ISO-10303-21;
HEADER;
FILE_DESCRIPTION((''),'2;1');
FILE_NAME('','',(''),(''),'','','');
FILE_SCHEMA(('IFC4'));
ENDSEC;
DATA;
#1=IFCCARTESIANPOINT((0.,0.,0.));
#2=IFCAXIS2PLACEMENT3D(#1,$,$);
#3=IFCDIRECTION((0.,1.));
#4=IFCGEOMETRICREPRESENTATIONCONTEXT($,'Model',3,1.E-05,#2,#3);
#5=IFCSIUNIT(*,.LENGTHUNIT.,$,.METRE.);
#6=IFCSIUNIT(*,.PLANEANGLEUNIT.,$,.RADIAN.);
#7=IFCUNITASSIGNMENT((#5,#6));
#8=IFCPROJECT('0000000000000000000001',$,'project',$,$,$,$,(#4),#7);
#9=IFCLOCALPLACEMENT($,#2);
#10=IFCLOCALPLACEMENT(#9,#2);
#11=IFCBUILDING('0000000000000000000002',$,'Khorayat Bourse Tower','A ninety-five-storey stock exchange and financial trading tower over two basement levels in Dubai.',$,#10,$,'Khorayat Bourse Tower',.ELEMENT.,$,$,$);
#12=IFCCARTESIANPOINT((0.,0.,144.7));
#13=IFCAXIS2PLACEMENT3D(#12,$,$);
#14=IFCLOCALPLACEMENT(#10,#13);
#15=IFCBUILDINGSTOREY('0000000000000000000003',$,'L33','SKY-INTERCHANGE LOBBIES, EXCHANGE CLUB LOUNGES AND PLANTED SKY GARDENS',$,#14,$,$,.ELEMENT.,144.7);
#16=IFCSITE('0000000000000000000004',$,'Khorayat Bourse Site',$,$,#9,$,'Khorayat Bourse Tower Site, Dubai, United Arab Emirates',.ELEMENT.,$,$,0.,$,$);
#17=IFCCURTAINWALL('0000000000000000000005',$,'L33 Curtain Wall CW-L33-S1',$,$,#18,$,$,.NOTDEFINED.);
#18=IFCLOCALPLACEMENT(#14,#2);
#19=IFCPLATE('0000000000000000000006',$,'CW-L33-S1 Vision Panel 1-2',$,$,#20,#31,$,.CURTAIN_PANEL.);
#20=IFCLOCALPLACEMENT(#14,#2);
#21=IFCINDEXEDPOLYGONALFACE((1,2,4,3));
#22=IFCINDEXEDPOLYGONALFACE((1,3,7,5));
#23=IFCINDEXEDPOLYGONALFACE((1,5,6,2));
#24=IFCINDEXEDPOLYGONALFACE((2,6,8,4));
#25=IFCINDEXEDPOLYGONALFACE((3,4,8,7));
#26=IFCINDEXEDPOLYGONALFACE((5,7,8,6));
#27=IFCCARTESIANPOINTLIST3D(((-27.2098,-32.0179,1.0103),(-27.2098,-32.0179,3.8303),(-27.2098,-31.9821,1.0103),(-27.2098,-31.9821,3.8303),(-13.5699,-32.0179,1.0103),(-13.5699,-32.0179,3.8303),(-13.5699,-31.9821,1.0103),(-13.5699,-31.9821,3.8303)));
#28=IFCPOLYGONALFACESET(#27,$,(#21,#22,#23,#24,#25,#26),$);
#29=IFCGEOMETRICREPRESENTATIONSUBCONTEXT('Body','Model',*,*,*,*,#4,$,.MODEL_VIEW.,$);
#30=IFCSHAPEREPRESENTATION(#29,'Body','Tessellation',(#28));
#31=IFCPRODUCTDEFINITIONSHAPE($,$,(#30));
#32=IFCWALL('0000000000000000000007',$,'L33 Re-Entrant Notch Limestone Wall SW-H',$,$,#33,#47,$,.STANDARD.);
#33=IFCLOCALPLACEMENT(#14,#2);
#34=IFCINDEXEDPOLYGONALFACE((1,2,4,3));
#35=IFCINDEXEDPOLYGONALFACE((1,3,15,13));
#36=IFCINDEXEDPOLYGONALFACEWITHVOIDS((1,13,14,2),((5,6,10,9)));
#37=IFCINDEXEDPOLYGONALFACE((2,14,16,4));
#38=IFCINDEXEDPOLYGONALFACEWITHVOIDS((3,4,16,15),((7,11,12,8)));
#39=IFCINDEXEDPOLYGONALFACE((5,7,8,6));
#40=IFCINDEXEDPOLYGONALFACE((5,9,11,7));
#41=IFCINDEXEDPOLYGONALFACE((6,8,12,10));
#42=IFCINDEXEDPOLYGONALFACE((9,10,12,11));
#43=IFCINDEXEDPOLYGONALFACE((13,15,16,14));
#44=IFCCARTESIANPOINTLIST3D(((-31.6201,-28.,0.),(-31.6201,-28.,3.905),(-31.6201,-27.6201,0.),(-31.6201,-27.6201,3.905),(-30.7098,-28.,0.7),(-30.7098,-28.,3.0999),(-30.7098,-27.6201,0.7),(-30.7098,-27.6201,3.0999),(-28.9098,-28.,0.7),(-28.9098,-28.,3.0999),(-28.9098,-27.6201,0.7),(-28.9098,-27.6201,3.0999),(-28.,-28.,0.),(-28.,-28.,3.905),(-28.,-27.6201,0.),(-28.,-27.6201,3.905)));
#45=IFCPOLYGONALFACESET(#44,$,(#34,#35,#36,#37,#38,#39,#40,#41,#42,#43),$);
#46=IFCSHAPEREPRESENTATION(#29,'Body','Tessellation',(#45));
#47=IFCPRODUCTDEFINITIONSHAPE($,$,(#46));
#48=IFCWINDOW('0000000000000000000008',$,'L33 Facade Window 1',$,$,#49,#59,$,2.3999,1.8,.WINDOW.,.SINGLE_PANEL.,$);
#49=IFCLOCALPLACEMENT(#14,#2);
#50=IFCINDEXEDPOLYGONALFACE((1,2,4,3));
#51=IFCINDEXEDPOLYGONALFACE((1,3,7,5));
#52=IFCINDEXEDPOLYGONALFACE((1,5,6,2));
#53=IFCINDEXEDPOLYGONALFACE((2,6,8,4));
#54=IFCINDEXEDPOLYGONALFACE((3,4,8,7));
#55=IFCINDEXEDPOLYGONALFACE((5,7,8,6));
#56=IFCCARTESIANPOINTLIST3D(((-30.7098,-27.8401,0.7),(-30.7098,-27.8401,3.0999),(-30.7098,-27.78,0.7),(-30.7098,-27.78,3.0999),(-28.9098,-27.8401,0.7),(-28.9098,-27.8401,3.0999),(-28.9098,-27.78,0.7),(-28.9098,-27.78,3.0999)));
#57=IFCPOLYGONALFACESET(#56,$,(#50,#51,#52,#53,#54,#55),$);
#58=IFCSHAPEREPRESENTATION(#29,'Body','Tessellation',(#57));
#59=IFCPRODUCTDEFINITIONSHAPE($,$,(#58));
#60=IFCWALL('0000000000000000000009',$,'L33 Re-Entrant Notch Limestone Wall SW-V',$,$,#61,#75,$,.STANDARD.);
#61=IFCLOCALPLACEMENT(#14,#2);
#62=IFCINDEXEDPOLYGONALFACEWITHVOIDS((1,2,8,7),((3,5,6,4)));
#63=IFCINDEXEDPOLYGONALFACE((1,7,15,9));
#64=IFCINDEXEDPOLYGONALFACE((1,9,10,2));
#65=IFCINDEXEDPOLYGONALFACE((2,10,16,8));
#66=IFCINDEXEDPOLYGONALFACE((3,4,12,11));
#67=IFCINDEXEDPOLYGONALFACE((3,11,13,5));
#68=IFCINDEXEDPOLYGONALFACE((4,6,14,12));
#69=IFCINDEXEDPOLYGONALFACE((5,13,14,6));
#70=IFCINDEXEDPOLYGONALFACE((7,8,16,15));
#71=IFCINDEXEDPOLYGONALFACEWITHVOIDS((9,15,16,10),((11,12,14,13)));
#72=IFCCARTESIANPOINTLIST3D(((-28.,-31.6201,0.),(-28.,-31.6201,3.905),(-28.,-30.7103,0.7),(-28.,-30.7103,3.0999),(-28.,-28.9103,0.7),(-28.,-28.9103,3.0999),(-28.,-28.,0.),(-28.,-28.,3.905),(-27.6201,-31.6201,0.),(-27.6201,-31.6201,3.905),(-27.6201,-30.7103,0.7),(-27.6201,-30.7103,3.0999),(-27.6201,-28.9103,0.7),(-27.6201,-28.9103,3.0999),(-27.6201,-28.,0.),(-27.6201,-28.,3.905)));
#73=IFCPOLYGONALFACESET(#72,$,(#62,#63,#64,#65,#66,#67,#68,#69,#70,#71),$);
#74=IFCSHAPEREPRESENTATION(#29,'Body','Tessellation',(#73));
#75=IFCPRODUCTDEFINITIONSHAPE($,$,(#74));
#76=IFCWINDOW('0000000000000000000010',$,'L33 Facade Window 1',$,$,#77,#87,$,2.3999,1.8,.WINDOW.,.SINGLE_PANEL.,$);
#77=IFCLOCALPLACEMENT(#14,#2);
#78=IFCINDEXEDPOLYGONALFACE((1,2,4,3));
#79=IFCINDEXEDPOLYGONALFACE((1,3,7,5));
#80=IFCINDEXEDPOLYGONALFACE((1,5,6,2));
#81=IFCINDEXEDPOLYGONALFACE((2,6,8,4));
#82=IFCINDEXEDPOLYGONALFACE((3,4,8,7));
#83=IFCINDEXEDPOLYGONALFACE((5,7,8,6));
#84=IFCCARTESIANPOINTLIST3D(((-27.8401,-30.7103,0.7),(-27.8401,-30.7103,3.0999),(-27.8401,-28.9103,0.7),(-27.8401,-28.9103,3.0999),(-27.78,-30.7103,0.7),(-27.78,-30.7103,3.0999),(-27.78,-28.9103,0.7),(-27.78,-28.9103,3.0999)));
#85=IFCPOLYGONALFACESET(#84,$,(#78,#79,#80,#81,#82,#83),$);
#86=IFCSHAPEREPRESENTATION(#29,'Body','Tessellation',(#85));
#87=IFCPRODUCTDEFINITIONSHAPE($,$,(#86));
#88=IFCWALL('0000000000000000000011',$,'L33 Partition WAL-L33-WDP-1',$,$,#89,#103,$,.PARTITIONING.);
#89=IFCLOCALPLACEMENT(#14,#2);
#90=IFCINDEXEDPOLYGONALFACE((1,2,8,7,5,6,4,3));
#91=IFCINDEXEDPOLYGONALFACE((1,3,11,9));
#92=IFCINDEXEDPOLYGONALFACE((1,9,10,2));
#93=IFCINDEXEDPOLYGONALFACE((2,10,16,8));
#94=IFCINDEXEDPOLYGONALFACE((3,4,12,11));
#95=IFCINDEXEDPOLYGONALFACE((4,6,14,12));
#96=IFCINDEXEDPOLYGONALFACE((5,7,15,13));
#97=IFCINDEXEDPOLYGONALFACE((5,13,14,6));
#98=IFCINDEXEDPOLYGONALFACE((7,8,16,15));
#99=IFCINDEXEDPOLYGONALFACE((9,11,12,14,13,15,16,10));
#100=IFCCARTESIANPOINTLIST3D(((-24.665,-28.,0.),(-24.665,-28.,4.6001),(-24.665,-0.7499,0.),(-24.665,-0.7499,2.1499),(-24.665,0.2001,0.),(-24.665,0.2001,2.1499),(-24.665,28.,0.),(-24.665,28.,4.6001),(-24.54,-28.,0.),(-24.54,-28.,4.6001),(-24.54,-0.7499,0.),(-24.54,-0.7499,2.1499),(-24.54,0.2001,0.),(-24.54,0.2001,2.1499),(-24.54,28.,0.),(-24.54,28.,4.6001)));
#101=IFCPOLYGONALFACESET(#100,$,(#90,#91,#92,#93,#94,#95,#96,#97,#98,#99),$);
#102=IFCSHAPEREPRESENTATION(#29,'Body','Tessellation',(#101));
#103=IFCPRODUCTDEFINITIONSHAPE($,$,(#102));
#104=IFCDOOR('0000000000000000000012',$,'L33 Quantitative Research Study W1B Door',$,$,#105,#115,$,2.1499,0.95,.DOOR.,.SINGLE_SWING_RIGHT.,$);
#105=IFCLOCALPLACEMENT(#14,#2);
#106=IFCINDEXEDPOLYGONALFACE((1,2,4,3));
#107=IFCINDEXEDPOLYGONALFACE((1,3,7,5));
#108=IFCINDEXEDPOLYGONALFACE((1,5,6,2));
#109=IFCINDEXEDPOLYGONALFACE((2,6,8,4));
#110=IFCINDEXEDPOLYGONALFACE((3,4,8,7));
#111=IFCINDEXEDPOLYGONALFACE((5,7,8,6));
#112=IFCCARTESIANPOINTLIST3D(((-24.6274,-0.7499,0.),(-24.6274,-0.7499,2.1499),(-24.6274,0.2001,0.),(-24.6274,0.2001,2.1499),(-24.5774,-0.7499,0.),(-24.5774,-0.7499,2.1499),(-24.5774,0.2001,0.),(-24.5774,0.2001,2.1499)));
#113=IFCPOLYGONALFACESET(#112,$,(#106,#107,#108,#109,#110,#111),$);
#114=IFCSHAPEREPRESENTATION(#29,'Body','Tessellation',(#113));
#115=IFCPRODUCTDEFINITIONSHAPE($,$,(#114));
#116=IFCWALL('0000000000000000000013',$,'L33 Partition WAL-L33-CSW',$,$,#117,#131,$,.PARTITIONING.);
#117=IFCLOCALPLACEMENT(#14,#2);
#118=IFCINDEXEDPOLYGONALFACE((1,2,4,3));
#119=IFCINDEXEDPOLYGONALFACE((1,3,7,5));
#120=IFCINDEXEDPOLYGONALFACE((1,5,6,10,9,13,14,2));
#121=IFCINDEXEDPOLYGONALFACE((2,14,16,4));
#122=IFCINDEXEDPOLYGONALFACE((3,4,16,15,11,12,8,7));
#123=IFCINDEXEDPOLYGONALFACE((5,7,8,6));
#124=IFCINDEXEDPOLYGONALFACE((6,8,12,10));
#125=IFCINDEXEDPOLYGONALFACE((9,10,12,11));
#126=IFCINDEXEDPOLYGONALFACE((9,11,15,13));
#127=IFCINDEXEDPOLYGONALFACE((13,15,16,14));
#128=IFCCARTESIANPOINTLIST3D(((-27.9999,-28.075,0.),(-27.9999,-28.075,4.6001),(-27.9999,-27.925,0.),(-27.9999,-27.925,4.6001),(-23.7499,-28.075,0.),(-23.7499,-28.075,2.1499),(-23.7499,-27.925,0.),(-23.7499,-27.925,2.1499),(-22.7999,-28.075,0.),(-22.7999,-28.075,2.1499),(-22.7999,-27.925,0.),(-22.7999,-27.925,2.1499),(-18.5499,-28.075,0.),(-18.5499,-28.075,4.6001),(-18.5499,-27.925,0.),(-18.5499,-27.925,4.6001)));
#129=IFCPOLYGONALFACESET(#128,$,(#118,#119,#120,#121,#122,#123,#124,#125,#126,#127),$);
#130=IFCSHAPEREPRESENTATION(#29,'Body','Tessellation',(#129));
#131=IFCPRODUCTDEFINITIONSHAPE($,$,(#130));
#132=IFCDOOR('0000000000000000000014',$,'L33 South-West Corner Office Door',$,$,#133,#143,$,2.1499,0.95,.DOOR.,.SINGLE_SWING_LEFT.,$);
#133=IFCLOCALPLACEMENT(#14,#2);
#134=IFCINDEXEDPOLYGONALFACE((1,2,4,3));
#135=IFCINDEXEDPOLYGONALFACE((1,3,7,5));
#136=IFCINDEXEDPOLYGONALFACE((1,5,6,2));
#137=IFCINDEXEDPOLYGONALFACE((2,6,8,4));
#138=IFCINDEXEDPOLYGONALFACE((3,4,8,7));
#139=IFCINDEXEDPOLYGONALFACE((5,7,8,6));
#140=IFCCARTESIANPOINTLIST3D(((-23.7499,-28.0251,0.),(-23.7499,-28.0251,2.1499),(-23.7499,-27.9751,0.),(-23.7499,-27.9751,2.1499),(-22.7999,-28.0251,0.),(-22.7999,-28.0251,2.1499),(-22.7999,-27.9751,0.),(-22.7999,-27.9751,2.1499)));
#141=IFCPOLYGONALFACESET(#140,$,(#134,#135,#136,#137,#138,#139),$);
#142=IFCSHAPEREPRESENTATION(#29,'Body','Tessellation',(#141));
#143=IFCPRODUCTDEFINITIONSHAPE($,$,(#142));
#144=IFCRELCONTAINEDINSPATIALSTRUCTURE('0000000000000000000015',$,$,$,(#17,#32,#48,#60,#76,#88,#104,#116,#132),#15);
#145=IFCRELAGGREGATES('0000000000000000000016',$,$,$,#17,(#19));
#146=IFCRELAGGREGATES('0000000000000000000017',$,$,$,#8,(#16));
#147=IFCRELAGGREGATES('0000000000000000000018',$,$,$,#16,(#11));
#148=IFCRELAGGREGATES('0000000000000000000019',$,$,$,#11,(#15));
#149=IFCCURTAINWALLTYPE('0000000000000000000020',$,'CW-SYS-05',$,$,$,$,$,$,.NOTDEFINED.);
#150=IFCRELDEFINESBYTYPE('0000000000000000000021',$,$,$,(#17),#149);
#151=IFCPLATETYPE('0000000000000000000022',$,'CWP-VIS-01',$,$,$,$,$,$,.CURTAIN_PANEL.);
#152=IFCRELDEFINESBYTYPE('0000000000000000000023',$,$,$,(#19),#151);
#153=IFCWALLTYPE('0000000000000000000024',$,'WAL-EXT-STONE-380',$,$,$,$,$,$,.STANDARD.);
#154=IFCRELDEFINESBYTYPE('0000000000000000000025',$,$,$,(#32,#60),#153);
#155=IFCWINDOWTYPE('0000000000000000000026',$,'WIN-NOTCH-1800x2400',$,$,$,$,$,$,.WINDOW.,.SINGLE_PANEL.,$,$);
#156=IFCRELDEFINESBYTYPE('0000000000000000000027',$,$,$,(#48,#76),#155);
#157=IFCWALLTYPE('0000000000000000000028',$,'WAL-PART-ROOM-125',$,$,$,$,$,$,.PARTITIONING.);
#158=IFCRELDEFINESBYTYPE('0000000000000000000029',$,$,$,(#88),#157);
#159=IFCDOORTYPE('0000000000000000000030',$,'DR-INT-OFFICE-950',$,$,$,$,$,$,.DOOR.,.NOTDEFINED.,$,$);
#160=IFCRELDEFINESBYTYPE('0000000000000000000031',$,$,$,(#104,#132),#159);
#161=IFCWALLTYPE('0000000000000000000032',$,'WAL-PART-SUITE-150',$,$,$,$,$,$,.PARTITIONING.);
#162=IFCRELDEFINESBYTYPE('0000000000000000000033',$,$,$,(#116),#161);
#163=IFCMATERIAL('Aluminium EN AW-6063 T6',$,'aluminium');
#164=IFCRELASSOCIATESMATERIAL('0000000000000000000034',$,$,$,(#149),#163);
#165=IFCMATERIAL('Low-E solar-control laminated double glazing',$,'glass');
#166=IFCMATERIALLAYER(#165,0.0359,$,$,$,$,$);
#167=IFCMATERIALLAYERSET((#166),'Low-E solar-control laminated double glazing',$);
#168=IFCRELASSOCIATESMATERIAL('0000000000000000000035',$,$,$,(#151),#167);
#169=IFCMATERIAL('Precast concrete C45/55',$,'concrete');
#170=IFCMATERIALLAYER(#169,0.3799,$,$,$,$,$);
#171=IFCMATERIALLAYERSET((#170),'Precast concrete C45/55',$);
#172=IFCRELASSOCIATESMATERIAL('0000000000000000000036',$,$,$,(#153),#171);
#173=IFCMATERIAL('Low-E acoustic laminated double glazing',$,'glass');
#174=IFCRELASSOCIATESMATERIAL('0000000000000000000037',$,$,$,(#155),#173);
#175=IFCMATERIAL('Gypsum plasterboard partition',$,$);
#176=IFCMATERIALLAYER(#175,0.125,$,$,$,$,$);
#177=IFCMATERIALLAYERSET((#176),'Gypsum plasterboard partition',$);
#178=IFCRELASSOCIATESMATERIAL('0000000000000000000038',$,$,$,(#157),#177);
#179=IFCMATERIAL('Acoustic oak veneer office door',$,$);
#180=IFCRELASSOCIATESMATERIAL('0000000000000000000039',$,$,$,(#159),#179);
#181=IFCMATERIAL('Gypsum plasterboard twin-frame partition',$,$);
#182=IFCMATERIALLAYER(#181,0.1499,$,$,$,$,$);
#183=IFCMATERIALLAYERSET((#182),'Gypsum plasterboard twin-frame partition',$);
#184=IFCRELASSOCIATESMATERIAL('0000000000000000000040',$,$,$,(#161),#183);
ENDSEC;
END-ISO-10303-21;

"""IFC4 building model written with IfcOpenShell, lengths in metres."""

from ifc_helpers import new_model, si_unit, direction, frame, frame_2d, origin, origin_2d, place, context, subcontext, project, spatial, rectangle, extrude, source, transform, mapped, material, layer, layer_set, type_object, element, fill, aggregate, save


model = new_model("IFC4")

# Units and contexts
model_context = context("Model", 3, precision=1e-05, world=origin(), true_north=direction((0.0, 1.0)))
body_context = subcontext(model_context, "Body", "Model", "MODEL_VIEW")
ifc_project = project(units=[si_unit("LENGTHUNIT", "METRE"), si_unit("PLANEANGLEUNIT", "RADIAN")], contexts=[model_context])

# Site, building, storey
site_placement = place(None, origin())
site = spatial("IfcSite", under=ifc_project, at=site_placement, Name="Khorayat Bourse Site", LongName="Khorayat Bourse Tower Site, Dubai, United Arab Emirates", CompositionType="ELEMENT", RefElevation=0.0)
building_placement = place(site_placement, origin())
building = spatial("IfcBuilding", under=site, at=building_placement, Name="Khorayat Bourse Tower", Description="A ninety-five-storey stock exchange and financial trading tower over two basement levels in Dubai.", LongName="Khorayat Bourse Tower", CompositionType="ELEMENT")
storey_placement = place(building_placement, frame((0.0, 0.0, 144.7)))
storey = spatial("IfcBuildingStorey", under=building, at=storey_placement, Name="L33", Description="SKY-INTERCHANGE LOBBIES, EXCHANGE CLUB LOUNGES AND PLANTED SKY GARDENS", CompositionType="ELEMENT", Elevation=144.7)

# Curtain wall
ifc_material_1 = material(Name="Aluminium EN AW-6063 T6", Category="aluminium")
curtain_wall_type = type_object("IfcCurtainWallType", Name="CW-SYS-05", PredefinedType="NOTDEFINED", material=ifc_material_1)
curtain_wall_1_placement = place(storey_placement, origin())
curtain_wall_1 = element("IfcCurtainWall", 1, at=curtain_wall_1_placement, inside=storey, type_object=curtain_wall_type, Name="L33 Curtain Wall CW-L33-S1", PredefinedType="NOTDEFINED")

# Plate
ifc_material_2 = material(Name="Low-E solar-control laminated double glazing", Category="glass")
ifc_layer_1 = layer(ifc_material_2, 0.0359)
ifc_layer_set_1 = layer_set([ifc_layer_1], Name="Low-E solar-control laminated double glazing")
plate_type_1 = type_object("IfcPlateType", Name="CWP-VIS-01", PredefinedType="CURTAIN_PANEL", material=ifc_layer_set_1)
shared_shape_1 = source(origin(), body_context, "Body", "SweptSolid", [
    extrude(rectangle(XDim=13.6399, YDim=0.0359, at=origin_2d()), origin(), (0.0, 0.0, 1.0), 2.8201),
])
plate_1_placement = place(storey_placement, frame((-20.3899, -32.0, 1.0103), z_axis=(0.0, 0.0, 1.0), x_axis=(1.0, 0.0, 0.0)))
plate_1 = element("IfcPlate", 2, at=plate_1_placement, type_object=plate_type_1, Name="CW-L33-S1 Vision Panel 1-2", PredefinedType="CURTAIN_PANEL", context=body_context, shape_type="MappedRepresentation", body=[
    mapped(shared_shape_1, transform((0.0, 0.0, 0.0), scale=1.0)),
])
aggregate(curtain_wall_1, [plate_1])

# Walls, openings, windows
ifc_material_3 = material(Name="Precast concrete C45/55", Category="concrete")
ifc_layer_2 = layer(ifc_material_3, 0.3799)
ifc_layer_set_2 = layer_set([ifc_layer_2], Name="Precast concrete C45/55")
wall_type_1 = type_object("IfcWallType", Name="WAL-EXT-STONE-380", PredefinedType="STANDARD", material=ifc_layer_set_2)
shared_shape_2 = source(origin(), body_context, "Body", "SweptSolid", [
    extrude(rectangle(XDim=3.6201, YDim=0.3799, at=frame_2d((1.8101, 0.0))), origin(), (0.0, 0.0, 1.0), 3.905),
])
wall_1_placement = place(storey_placement, frame((-28.0, -27.8101, 0.0), z_axis=(0.0, 0.0, 1.0), x_axis=(-1.0, 0.0, 0.0)))
wall_1 = element("IfcWall", 3, at=wall_1_placement, inside=storey, type_object=wall_type_1, Name="L33 Re-Entrant Notch Limestone Wall SW-H", PredefinedType="STANDARD", context=body_context, shape_type="MappedRepresentation", body=[
    mapped(shared_shape_2, transform((0.0, 0.0, 0.0), scale=1.0)),
])
shared_shape_3 = source(origin(), body_context, "Body", "SweptSolid", [
    extrude(rectangle(XDim=1.8, YDim=2.3999, at=frame_2d((0.8999, 1.2))), frame((0.0, 0.2, 0.0), z_axis=(0.0, -1.0, 0.0), x_axis=(1.0, 0.0, 0.0)), (0.0, 0.0, 1.0), 0.3999),
])
opening_1_placement = place(wall_1_placement, frame((0.9099, 0.0, 0.7)))
opening_1 = element("IfcOpeningElement", 4, at=opening_1_placement, cuts=wall_1, PredefinedType="OPENING", context=body_context, shape_type="MappedRepresentation", body=[
    mapped(shared_shape_3, transform((0.0, 0.0, 0.0), scale=1.0)),
])
ifc_material_4 = material(Name="Low-E acoustic laminated double glazing", Category="glass")
window_type = type_object("IfcWindowType", Name="WIN-NOTCH-1800x2400", PartitioningType="SINGLE_PANEL", PredefinedType="WINDOW", material=ifc_material_4)
shared_shape_4 = source(origin(), body_context, "Body", "SweptSolid", [
    extrude(rectangle(XDim=1.8, YDim=2.3999, at=frame_2d((0.8999, 1.2))), frame((0.0, 0.03, 0.0), z_axis=(0.0, -1.0, 0.0), x_axis=(1.0, 0.0, 0.0)), (0.0, 0.0, 1.0), 0.0601),
])
window_1_placement = place(opening_1_placement, origin())
window_1 = element("IfcWindow", 5, at=window_1_placement, inside=storey, type_object=window_type, Name="L33 Facade Window 1", OverallHeight=2.3999, OverallWidth=1.8, PartitioningType="SINGLE_PANEL", PredefinedType="WINDOW", context=body_context, shape_type="MappedRepresentation", body=[
    mapped(shared_shape_4, transform((0.0, 0.0, 0.0), scale=1.0)),
])
fill(opening_1, window_1)
wall_2_placement = place(storey_placement, frame((-27.8101, -31.6201, 0.0), z_axis=(0.0, 0.0, 1.0), x_axis=(0.0, 1.0, 0.0)))
wall_2 = element("IfcWall", 6, at=wall_2_placement, inside=storey, type_object=wall_type_1, Name="L33 Re-Entrant Notch Limestone Wall SW-V", PredefinedType="STANDARD", context=body_context, shape_type="MappedRepresentation", body=[
    mapped(shared_shape_2, transform((0.0, 0.0, 0.0), scale=1.0)),
])
opening_2_placement = place(wall_2_placement, frame((0.9099, 0.0, 0.7)))
opening_2 = element("IfcOpeningElement", 7, at=opening_2_placement, cuts=wall_2, PredefinedType="OPENING", context=body_context, shape_type="MappedRepresentation", body=[
    mapped(shared_shape_3, transform((0.0, 0.0, 0.0), scale=1.0)),
])
window_2_placement = place(opening_2_placement, origin())
window_2 = element("IfcWindow", 8, at=window_2_placement, inside=storey, type_object=window_type, Name="L33 Facade Window 1", OverallHeight=2.3999, OverallWidth=1.8, PartitioningType="SINGLE_PANEL", PredefinedType="WINDOW", context=body_context, shape_type="MappedRepresentation", body=[
    mapped(shared_shape_4, transform((0.0, 0.0, 0.0), scale=1.0)),
])
fill(opening_2, window_2)

# Walls, openings, doors
ifc_material_5 = material(Name="Gypsum plasterboard partition")
ifc_layer_3 = layer(ifc_material_5, 0.125)
ifc_layer_set_3 = layer_set([ifc_layer_3], Name="Gypsum plasterboard partition")
wall_type_2 = type_object("IfcWallType", Name="WAL-PART-ROOM-125", PredefinedType="PARTITIONING", material=ifc_layer_set_3)
shared_shape_5 = source(origin(), body_context, "Body", "SweptSolid", [
    extrude(rectangle(XDim=56.0, YDim=0.125, at=frame_2d((28.0, 0.0))), origin(), (0.0, 0.0, 1.0), 4.6001),
])
wall_3_placement = place(storey_placement, frame((-24.6025, -28.0, 0.0), z_axis=(0.0, 0.0, 1.0), x_axis=(0.0, 1.0, 0.0)))
wall_3 = element("IfcWall", 9, at=wall_3_placement, inside=storey, type_object=wall_type_2, Name="L33 Partition WAL-L33-WDP-1", PredefinedType="PARTITIONING", context=body_context, shape_type="MappedRepresentation", body=[
    mapped(shared_shape_5, transform((0.0, 0.0, 0.0), scale=1.0)),
])
shared_shape_6 = source(origin(), body_context, "Body", "SweptSolid", [
    extrude(rectangle(XDim=0.95, YDim=2.1499, at=frame_2d((0.4751, 1.075))), frame((0.0, 0.0725, 0.0), z_axis=(0.0, -1.0, 0.0), x_axis=(1.0, 0.0, 0.0)), (0.0, 0.0, 1.0), 0.145),
])
opening_3_placement = place(wall_3_placement, frame((27.25, 0.0, 0.0)))
opening_3 = element("IfcOpeningElement", 10, at=opening_3_placement, cuts=wall_3, PredefinedType="OPENING", context=body_context, shape_type="MappedRepresentation", body=[
    mapped(shared_shape_6, transform((0.0, 0.0, 0.0), scale=1.0)),
])
ifc_material_6 = material(Name="Acoustic oak veneer office door")
door_type = type_object("IfcDoorType", Name="DR-INT-OFFICE-950", OperationType="NOTDEFINED", PredefinedType="DOOR", material=ifc_material_6)
shared_shape_7 = source(origin(), body_context, "Body", "SweptSolid", [
    extrude(rectangle(XDim=0.95, YDim=2.1499, at=frame_2d((0.4751, 1.075))), frame((0.0, 0.0249, 0.0), z_axis=(0.0, -1.0, 0.0), x_axis=(1.0, 0.0, 0.0)), (0.0, 0.0, 1.0), 0.05),
])
door_1_placement = place(opening_3_placement, origin())
door_1 = element("IfcDoor", 11, at=door_1_placement, inside=storey, type_object=door_type, Name="L33 Quantitative Research Study W1B Door", OperationType="SINGLE_SWING_RIGHT", OverallHeight=2.1499, OverallWidth=0.95, PredefinedType="DOOR", context=body_context, shape_type="MappedRepresentation", body=[
    mapped(shared_shape_7, transform((0.0, 0.0, 0.0), scale=1.0)),
])
fill(opening_3, door_1)
ifc_material_7 = material(Name="Gypsum plasterboard twin-frame partition")
ifc_layer_4 = layer(ifc_material_7, 0.1499)
ifc_layer_set_4 = layer_set([ifc_layer_4], Name="Gypsum plasterboard twin-frame partition")
wall_type_3 = type_object("IfcWallType", Name="WAL-PART-SUITE-150", PredefinedType="PARTITIONING", material=ifc_layer_set_4)
shared_shape_8 = source(origin(), body_context, "Body", "SweptSolid", [
    extrude(rectangle(XDim=9.45, YDim=0.1499, at=frame_2d((4.7251, 0.0))), origin(), (0.0, 0.0, 1.0), 4.6001),
])
wall_4_placement = place(storey_placement, frame((-28.0, -28.0, 0.0), z_axis=(0.0, 0.0, 1.0), x_axis=(1.0, 0.0, 0.0)))
wall_4 = element("IfcWall", 12, at=wall_4_placement, inside=storey, type_object=wall_type_3, Name="L33 Partition WAL-L33-CSW", PredefinedType="PARTITIONING", context=body_context, shape_type="MappedRepresentation", body=[
    mapped(shared_shape_8, transform((0.0, 0.0, 0.0), scale=1.0)),
])
shared_shape_9 = source(origin(), body_context, "Body", "SweptSolid", [
    extrude(rectangle(XDim=0.95, YDim=2.1499, at=frame_2d((0.4751, 1.075))), frame((0.0, 0.085, 0.0), z_axis=(0.0, -1.0, 0.0), x_axis=(1.0, 0.0, 0.0)), (0.0, 0.0, 1.0), 0.1699),
])
opening_4_placement = place(wall_4_placement, frame((4.25, 0.0, 0.0)))
opening_4 = element("IfcOpeningElement", 13, at=opening_4_placement, cuts=wall_4, PredefinedType="OPENING", context=body_context, shape_type="MappedRepresentation", body=[
    mapped(shared_shape_9, transform((0.0, 0.0, 0.0), scale=1.0)),
])
door_2_placement = place(opening_4_placement, origin())
door_2 = element("IfcDoor", 14, at=door_2_placement, inside=storey, type_object=door_type, Name="L33 South-West Corner Office Door", OperationType="SINGLE_SWING_LEFT", OverallHeight=2.1499, OverallWidth=0.95, PredefinedType="DOOR", context=body_context, shape_type="MappedRepresentation", body=[
    mapped(shared_shape_7, transform((0.0, 0.0, 0.0), scale=1.0)),
])
fill(opening_4, door_2)

save(model, "model.ifc")
